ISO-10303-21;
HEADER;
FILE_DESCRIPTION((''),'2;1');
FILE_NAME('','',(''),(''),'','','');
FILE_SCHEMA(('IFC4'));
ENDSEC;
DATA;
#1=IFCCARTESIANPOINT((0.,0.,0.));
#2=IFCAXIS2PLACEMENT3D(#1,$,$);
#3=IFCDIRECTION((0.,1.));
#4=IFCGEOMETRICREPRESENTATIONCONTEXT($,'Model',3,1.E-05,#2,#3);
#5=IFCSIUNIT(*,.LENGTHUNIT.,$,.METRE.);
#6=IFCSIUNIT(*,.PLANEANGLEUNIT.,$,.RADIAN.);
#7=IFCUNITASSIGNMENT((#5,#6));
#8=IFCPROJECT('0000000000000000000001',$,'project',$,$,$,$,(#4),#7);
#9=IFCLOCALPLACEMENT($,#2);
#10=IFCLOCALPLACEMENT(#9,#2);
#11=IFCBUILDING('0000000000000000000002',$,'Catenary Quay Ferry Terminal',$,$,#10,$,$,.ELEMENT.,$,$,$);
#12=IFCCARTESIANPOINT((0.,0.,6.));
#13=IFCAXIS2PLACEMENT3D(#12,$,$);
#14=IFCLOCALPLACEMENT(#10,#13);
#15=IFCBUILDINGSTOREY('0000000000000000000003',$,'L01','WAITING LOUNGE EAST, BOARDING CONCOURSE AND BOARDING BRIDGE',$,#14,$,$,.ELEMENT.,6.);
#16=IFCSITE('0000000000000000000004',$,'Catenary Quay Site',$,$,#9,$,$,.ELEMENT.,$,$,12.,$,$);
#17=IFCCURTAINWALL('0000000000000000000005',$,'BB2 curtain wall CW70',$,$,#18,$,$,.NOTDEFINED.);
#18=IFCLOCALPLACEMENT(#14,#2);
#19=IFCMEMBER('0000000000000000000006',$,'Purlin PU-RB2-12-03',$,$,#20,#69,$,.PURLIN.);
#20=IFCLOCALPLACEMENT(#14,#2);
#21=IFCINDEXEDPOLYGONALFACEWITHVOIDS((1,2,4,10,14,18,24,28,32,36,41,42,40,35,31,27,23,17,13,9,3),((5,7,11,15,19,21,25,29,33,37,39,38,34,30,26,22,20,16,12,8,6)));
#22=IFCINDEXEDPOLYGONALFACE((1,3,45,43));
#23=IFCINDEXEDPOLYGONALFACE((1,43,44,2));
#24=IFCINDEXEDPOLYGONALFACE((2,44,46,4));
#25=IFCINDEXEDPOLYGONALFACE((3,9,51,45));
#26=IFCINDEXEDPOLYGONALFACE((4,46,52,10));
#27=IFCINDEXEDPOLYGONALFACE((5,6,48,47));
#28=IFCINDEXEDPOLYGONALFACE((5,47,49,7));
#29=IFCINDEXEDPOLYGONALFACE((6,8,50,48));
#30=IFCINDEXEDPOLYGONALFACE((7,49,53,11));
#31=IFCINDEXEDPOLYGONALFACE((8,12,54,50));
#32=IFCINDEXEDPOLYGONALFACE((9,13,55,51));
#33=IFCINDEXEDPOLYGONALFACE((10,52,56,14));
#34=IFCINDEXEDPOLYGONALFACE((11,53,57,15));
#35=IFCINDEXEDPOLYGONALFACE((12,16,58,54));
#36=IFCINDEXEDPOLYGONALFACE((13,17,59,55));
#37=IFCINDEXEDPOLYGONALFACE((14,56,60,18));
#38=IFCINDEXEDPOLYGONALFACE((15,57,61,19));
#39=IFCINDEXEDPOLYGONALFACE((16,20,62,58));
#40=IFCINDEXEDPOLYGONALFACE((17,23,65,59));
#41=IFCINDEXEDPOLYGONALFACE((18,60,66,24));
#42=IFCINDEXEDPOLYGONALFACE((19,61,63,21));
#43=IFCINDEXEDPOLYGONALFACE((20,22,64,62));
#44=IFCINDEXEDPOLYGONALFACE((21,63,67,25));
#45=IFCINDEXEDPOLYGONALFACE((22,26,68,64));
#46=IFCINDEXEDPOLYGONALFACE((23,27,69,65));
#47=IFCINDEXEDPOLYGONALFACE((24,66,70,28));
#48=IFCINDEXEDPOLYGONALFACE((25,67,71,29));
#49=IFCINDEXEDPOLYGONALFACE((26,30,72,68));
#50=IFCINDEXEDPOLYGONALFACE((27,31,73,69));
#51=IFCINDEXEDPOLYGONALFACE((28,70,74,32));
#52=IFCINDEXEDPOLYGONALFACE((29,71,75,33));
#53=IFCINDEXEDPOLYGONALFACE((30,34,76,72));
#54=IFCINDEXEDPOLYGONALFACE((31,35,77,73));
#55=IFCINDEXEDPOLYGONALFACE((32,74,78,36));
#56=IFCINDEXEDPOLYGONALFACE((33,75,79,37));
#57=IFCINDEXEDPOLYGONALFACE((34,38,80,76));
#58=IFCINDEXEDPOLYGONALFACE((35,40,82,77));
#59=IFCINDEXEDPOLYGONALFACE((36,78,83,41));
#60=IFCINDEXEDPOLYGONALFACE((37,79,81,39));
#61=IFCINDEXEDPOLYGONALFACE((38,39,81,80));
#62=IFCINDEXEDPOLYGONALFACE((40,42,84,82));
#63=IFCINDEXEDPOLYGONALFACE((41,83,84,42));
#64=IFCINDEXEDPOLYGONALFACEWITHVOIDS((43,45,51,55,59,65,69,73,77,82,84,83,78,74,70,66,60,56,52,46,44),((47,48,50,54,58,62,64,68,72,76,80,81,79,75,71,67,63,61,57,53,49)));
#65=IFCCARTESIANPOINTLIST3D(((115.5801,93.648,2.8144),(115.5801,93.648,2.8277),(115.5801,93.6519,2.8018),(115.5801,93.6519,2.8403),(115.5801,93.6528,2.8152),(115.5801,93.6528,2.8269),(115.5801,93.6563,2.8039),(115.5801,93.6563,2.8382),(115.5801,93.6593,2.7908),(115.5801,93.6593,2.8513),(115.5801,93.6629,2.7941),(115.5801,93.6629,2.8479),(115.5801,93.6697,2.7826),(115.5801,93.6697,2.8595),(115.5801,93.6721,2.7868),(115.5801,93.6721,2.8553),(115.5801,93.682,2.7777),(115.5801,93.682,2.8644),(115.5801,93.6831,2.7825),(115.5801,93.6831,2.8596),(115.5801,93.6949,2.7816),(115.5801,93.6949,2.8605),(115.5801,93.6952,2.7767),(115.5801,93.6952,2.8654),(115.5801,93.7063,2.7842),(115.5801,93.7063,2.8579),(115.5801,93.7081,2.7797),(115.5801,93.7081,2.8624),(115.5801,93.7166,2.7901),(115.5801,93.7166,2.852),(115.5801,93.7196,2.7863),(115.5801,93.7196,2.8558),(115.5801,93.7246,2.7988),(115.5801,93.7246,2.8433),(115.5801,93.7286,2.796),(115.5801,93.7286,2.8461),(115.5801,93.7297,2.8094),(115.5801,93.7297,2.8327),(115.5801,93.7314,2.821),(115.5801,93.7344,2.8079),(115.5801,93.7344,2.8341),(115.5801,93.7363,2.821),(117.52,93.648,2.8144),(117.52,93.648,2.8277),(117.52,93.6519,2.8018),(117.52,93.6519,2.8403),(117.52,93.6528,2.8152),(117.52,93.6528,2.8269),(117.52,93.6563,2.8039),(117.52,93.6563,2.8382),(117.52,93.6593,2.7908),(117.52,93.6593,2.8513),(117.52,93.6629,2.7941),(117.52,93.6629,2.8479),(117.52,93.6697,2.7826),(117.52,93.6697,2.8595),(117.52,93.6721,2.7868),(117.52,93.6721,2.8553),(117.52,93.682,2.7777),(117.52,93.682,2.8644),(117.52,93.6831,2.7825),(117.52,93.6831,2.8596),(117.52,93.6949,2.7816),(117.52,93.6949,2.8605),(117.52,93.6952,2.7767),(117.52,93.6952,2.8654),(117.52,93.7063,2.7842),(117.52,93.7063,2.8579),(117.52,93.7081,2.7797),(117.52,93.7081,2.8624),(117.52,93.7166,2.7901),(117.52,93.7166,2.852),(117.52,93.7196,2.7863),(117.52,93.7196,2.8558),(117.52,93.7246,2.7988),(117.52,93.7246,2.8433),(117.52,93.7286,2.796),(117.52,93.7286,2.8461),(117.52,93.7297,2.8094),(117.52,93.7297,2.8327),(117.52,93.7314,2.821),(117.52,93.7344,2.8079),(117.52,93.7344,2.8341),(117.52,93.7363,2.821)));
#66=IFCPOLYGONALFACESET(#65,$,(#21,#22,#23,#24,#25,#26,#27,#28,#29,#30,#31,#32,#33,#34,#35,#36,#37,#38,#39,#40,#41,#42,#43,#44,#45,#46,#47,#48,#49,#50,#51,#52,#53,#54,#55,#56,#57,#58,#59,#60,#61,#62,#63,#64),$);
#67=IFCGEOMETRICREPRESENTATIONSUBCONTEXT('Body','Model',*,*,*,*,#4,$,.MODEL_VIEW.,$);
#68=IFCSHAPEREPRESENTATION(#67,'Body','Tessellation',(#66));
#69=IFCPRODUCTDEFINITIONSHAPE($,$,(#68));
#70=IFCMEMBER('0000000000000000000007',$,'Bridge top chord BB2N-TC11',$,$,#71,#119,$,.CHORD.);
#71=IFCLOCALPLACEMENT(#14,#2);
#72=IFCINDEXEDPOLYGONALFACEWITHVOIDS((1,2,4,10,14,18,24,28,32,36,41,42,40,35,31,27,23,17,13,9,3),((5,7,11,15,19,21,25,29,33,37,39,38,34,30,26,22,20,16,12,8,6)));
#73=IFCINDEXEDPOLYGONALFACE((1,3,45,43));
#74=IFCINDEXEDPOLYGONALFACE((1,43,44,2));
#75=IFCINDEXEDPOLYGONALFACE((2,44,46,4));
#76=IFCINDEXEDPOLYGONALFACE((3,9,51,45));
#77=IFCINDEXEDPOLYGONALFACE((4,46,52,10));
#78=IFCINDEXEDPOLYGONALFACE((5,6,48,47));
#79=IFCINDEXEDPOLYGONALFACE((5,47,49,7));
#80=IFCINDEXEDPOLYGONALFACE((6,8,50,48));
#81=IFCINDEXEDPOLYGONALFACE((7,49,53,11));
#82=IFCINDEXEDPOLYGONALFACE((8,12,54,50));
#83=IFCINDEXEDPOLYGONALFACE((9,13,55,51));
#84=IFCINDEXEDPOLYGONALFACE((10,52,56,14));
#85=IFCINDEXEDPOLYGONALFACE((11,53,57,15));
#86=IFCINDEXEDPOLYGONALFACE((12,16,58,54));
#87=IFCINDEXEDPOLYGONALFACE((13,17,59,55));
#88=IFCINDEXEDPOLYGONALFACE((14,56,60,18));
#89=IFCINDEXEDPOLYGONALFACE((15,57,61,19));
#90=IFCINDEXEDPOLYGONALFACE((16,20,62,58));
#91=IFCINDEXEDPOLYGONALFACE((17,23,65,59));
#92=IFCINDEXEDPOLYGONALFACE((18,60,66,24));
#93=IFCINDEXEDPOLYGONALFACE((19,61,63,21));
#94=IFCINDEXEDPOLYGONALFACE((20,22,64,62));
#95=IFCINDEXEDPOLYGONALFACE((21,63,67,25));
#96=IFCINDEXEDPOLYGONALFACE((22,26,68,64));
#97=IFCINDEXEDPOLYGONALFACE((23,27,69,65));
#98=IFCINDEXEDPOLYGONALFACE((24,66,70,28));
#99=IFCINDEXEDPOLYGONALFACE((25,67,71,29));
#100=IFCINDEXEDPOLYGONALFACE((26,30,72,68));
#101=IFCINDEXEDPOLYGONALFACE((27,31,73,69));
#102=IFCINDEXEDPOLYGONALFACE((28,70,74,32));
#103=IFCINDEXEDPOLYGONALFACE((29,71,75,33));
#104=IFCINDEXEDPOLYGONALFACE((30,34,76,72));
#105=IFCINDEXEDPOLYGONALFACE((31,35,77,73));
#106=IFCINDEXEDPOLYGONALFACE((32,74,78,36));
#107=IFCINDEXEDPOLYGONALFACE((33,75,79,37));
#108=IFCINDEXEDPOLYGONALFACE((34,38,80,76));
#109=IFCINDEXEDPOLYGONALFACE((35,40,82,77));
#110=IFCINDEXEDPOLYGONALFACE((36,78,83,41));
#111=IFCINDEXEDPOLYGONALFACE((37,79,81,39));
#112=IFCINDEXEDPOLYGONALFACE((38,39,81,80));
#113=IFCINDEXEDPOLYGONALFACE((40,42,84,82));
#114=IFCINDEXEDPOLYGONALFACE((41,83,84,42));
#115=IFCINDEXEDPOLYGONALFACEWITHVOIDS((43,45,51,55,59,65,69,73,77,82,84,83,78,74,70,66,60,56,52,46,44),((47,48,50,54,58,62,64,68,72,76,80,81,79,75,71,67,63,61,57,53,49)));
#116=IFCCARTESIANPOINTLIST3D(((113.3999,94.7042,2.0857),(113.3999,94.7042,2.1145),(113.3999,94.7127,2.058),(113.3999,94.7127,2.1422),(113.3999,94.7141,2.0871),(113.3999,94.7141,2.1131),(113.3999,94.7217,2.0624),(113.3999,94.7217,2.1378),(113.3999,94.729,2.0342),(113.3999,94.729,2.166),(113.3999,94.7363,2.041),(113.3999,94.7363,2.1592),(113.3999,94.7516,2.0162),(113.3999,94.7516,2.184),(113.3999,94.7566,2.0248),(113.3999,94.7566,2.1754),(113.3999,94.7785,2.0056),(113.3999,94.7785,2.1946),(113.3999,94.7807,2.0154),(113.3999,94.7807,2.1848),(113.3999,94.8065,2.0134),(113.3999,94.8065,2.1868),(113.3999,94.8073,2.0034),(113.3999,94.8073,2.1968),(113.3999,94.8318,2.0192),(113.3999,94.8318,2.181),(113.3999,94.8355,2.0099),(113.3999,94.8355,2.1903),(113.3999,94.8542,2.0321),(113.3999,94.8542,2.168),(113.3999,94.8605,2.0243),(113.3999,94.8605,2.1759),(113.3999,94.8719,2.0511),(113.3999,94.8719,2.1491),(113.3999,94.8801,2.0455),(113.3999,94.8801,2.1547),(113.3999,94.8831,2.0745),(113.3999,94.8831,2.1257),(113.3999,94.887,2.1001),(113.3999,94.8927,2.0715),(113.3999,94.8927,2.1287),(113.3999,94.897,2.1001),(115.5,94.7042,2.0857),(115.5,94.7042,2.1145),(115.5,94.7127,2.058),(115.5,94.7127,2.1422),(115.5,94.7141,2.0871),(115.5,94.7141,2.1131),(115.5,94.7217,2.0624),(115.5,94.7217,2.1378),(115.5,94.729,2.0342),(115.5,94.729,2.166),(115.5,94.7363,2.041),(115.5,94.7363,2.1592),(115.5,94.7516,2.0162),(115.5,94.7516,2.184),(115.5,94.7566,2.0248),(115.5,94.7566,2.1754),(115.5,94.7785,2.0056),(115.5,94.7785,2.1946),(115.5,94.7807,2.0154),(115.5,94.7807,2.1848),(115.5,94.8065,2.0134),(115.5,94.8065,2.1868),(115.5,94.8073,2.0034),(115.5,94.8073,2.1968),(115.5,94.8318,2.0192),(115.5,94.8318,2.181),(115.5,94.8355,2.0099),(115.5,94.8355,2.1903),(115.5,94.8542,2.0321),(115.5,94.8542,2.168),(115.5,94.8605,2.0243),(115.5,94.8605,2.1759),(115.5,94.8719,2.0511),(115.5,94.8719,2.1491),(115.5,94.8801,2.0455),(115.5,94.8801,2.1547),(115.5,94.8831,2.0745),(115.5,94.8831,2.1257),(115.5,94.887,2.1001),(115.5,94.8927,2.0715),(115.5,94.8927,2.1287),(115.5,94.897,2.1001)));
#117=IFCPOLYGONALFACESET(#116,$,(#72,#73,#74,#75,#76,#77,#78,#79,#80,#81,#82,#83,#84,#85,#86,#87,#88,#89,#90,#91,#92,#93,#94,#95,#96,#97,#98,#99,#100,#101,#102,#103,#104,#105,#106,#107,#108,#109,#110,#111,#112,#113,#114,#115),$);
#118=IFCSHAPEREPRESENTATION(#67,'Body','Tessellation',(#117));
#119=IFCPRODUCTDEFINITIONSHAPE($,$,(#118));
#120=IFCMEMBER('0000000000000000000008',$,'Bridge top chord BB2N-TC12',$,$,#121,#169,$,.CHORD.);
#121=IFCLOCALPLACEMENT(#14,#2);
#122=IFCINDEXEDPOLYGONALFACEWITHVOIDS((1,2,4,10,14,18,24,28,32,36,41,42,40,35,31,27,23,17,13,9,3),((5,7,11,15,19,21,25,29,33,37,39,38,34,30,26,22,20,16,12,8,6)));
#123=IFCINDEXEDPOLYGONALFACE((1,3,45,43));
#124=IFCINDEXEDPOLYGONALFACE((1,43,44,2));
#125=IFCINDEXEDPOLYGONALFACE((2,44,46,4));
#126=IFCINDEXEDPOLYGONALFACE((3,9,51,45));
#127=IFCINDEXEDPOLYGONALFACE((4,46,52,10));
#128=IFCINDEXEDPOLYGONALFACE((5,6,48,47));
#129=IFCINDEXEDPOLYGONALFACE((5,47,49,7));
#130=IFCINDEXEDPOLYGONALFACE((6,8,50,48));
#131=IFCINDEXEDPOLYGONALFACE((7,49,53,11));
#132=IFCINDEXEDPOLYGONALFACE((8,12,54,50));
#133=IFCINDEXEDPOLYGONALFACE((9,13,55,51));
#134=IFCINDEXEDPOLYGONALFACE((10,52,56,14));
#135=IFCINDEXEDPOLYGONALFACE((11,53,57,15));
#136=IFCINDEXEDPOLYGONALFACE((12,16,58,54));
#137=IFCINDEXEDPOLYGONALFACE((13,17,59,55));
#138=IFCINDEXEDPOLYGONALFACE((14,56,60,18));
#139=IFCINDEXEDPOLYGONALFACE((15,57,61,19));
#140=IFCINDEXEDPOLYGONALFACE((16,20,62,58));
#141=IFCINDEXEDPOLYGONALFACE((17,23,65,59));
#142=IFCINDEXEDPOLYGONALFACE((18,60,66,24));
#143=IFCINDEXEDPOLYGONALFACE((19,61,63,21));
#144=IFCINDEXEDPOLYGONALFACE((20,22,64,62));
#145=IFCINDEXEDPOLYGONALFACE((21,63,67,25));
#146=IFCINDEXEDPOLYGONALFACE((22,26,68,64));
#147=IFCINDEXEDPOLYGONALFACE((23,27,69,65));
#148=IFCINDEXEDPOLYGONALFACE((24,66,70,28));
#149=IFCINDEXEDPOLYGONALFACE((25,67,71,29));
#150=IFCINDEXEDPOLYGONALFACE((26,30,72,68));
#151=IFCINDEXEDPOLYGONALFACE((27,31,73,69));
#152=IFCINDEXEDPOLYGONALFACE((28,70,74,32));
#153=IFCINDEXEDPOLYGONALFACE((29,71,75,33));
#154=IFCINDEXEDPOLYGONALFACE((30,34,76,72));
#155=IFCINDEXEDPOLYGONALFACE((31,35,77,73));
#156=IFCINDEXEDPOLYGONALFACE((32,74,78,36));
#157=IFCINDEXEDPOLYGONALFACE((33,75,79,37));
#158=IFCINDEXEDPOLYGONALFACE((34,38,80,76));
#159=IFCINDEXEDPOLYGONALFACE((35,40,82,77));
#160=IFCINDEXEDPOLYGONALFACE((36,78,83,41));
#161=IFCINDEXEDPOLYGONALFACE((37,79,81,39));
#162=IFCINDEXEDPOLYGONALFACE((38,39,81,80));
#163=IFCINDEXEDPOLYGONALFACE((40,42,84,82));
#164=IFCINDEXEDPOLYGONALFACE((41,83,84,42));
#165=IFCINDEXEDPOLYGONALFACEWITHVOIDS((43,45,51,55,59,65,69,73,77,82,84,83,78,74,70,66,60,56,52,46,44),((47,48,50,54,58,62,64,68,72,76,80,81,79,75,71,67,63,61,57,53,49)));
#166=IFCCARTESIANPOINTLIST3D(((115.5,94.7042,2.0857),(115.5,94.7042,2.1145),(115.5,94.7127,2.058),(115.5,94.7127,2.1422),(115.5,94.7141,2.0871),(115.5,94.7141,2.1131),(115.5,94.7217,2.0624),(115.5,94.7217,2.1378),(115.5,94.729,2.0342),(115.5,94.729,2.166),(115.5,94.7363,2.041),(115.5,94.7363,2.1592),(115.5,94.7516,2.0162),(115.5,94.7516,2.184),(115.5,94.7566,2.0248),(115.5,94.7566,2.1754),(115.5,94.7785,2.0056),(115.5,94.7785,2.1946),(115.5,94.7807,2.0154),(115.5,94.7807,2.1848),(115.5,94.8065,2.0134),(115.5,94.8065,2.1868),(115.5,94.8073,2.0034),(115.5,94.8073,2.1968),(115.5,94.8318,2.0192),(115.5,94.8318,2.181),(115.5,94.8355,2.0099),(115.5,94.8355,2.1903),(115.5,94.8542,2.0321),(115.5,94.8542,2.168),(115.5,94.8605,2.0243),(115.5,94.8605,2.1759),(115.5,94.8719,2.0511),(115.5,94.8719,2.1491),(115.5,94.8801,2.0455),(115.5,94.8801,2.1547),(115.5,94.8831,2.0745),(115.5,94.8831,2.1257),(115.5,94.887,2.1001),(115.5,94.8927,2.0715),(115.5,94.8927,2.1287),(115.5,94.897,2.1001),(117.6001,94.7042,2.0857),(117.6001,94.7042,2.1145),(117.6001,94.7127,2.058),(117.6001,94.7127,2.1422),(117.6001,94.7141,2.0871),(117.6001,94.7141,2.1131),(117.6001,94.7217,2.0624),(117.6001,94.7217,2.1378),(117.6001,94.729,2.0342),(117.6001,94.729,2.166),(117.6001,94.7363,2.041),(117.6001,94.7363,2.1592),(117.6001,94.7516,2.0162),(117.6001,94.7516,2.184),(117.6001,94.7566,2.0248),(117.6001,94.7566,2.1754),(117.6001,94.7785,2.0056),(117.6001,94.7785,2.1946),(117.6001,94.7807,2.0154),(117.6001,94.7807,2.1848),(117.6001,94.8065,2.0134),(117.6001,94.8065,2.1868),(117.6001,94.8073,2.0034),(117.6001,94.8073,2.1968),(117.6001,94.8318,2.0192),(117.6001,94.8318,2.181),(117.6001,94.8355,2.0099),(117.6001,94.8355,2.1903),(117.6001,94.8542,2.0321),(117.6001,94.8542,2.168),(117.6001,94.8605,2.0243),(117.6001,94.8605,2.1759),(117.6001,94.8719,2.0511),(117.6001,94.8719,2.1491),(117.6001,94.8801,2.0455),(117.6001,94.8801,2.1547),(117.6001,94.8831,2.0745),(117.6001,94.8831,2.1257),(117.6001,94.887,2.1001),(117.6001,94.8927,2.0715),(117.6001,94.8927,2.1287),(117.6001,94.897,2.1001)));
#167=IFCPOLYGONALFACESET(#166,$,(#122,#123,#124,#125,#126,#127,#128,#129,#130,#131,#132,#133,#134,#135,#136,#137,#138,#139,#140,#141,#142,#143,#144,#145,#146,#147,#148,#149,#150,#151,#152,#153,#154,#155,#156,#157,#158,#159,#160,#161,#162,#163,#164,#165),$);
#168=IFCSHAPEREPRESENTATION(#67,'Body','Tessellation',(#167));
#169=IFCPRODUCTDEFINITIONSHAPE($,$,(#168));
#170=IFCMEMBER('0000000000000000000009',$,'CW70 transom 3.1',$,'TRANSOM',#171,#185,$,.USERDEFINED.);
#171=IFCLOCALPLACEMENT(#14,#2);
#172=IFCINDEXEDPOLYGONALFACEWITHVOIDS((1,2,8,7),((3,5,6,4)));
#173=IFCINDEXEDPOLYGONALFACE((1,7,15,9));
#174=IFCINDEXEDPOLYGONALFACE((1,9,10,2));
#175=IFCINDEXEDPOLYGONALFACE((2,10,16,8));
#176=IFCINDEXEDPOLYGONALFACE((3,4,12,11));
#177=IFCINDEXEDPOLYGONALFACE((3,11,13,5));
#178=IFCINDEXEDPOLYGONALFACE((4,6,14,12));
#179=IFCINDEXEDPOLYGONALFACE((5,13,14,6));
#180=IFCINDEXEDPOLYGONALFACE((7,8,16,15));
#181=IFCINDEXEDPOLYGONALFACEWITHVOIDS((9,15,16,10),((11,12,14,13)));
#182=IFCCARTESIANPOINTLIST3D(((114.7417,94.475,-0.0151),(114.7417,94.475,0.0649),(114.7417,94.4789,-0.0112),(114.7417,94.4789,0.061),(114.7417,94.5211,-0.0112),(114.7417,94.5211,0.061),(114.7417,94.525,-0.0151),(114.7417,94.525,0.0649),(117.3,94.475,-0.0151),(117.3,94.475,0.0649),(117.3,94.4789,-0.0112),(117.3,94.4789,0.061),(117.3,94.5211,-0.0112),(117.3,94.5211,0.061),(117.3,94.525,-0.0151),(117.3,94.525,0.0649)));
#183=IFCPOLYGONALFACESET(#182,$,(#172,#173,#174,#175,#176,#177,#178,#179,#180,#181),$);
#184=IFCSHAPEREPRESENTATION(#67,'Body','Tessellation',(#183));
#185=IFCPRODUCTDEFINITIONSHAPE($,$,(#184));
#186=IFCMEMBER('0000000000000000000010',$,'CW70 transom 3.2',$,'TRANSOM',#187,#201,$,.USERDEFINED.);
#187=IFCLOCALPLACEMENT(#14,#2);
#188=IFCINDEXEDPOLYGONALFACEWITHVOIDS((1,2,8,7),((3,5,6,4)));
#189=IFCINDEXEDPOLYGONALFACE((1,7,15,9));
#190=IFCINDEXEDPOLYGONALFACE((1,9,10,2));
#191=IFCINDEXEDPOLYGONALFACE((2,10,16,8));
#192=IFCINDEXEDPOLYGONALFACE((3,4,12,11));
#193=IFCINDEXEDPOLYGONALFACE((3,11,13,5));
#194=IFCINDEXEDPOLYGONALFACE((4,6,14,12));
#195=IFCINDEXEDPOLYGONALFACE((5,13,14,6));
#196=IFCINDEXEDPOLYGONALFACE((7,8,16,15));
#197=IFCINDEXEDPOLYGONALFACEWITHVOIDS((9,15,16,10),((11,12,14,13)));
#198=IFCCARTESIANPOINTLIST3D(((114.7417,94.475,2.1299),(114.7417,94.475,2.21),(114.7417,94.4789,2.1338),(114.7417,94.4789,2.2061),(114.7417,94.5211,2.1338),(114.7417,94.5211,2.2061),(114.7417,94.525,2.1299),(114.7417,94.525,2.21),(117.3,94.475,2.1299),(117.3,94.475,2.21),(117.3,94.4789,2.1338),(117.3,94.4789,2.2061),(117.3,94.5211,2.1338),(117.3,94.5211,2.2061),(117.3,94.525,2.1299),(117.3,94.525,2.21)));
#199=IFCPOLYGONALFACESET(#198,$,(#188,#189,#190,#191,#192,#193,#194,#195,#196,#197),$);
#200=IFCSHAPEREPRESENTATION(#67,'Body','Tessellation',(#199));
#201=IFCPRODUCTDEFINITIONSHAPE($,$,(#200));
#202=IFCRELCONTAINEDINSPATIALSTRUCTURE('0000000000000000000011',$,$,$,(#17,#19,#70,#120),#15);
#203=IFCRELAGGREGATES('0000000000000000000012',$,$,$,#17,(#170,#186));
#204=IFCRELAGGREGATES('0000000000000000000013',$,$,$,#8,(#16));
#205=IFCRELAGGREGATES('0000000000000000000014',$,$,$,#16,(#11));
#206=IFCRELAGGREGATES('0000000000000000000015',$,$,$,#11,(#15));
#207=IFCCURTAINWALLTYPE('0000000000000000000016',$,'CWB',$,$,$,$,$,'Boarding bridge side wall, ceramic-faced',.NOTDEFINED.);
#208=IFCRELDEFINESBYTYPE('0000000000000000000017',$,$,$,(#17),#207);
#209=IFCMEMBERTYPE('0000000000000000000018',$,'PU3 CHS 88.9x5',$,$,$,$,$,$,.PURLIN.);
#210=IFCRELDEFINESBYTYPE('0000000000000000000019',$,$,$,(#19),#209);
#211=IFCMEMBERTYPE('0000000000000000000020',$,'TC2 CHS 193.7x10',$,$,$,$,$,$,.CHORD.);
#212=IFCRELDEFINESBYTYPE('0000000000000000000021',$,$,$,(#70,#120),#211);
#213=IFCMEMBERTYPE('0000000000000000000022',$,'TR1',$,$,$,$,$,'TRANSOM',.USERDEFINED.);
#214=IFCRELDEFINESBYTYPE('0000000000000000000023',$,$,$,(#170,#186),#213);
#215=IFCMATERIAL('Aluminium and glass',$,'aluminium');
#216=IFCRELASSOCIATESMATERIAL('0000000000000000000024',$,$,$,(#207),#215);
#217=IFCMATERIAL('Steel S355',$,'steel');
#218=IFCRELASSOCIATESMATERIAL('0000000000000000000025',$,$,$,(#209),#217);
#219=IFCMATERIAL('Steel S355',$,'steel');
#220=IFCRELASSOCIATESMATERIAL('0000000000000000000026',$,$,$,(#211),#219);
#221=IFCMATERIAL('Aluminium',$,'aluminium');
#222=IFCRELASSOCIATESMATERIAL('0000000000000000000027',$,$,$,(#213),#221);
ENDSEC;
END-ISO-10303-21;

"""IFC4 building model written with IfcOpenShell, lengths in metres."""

from ifc_helpers import new_model, si_unit, direction, frame, origin, origin_2d, place, context, subcontext, project, spatial, hollow_rectangle, hollow_circle, extrude, material, material_profile, profile_set, type_object, element, aggregate, save


model = new_model("IFC4")

# Units and contexts
model_context = context("Model", 3, precision=1e-05, world=origin(), true_north=direction((0.0, 1.0)))
body_context = subcontext(model_context, "Body", "Model", "MODEL_VIEW")
ifc_project = project(units=[si_unit("LENGTHUNIT", "METRE"), si_unit("PLANEANGLEUNIT", "RADIAN")], contexts=[model_context])

# Site, building, storey
site_placement = place(None, origin())
site = spatial("IfcSite", under=ifc_project, at=site_placement, Name="Catenary Quay Site", CompositionType="ELEMENT", RefElevation=12.0)
building_placement = place(site_placement, origin())
building = spatial("IfcBuilding", under=site, at=building_placement, Name="Catenary Quay Ferry Terminal", CompositionType="ELEMENT")
storey_placement = place(building_placement, frame((0.0, 0.0, 6.0)))
storey = spatial("IfcBuildingStorey", under=building, at=storey_placement, Name="L01", Description="WAITING LOUNGE EAST, BOARDING CONCOURSE AND BOARDING BRIDGE", CompositionType="ELEMENT", Elevation=6.0)

# Curtain wall
ifc_material_1 = material(Name="Aluminium and glass", Category="aluminium")
curtain_wall_type = type_object("IfcCurtainWallType", Name="CWB", ElementType="Boarding bridge side wall, ceramic-faced", PredefinedType="NOTDEFINED", material=ifc_material_1)
curtain_wall_placement = place(storey_placement, origin())
curtain_wall = element("IfcCurtainWall", 1, at=curtain_wall_placement, inside=storey, type_object=curtain_wall_type, Name="BB2 curtain wall CW70", PredefinedType="NOTDEFINED")

# Members
ifc_material_2 = material(Name="Steel S355", Category="steel")
ifc_material_profile_1 = material_profile(ifc_material_2, hollow_circle(Radius=0.0444, WallThickness=0.0049, at=origin_2d()), Name="CHS 88.9x5")
ifc_profile_set_1 = profile_set([ifc_material_profile_1], Name="Steel S355")
member_type_1 = type_object("IfcMemberType", Name="PU3 CHS 88.9x5", PredefinedType="PURLIN", material=ifc_profile_set_1)
for number, where, z_axis, x_axis, name in (
    (2, (115.5801, 93.6919, 2.821), (1.0, 0.0, 0.0), (0.0, 1.0, 0.0), "Purlin PU-RB2-12-03"),
):
    element("IfcMember", number, at=place(storey_placement, frame(where, z_axis=z_axis, x_axis=x_axis)), inside=storey, type_object=member_type_1, Name=name, PredefinedType="PURLIN", context=body_context, shape_type="SweptSolid", body=[
        extrude(hollow_circle(Radius=0.0444, WallThickness=0.0049, at=origin_2d()), origin(), (0.0, 0.0, 1.0), 1.9399),
    ])
ifc_material_3 = material(Name="Steel S355", Category="steel")
ifc_material_profile_2 = material_profile(ifc_material_3, hollow_circle(Radius=0.0969, WallThickness=0.01, at=origin_2d()), Name="CHS 193.7x10")
ifc_profile_set_2 = profile_set([ifc_material_profile_2], Name="Steel S355")
member_type_2 = type_object("IfcMemberType", Name="TC2 CHS 193.7x10", PredefinedType="CHORD", material=ifc_profile_set_2)
for number, where, z_axis, x_axis, name in (
    (3, (113.3999, 94.8, 2.1001), (1.0, 0.0, 0.0), (0.0, 1.0, 0.0), "Bridge top chord BB2N-TC11"),
    (4, (115.5, 94.8, 2.1001), (1.0, 0.0, 0.0), (0.0, 1.0, 0.0), "Bridge top chord BB2N-TC12"),
):
    element("IfcMember", number, at=place(storey_placement, frame(where, z_axis=z_axis, x_axis=x_axis)), inside=storey, type_object=member_type_2, Name=name, PredefinedType="CHORD", context=body_context, shape_type="SweptSolid", body=[
        extrude(hollow_circle(Radius=0.0969, WallThickness=0.01, at=origin_2d()), origin(), (0.0, 0.0, 1.0), 2.1001),
    ])

# Members
ifc_material_4 = material(Name="Aluminium", Category="aluminium")
ifc_material_profile_3 = material_profile(ifc_material_4, hollow_rectangle(XDim=0.05, YDim=0.0801, WallThickness=0.0039, at=origin_2d()), Name="TR1")
ifc_profile_set_3 = profile_set([ifc_material_profile_3], Name="Aluminium")
member_type_3 = type_object("IfcMemberType", Name="TR1", ElementType="TRANSOM", PredefinedType="USERDEFINED", material=ifc_profile_set_3)
member_1_placement = place(storey_placement, frame((114.7417, 94.5, 0.0249), z_axis=(1.0, 0.0, 0.0), x_axis=(0.0, 1.0, 0.0)))
member_1 = element("IfcMember", 5, at=member_1_placement, type_object=member_type_3, Name="CW70 transom 3.1", ObjectType="TRANSOM", PredefinedType="USERDEFINED", context=body_context, shape_type="SweptSolid", body=[
    extrude(hollow_rectangle(XDim=0.05, YDim=0.0801, WallThickness=0.0039, at=origin_2d()), origin(), (0.0, 0.0, 1.0), 2.5583),
])
member_2_placement = place(storey_placement, frame((114.7417, 94.5, 2.1699), z_axis=(1.0, 0.0, 0.0), x_axis=(0.0, 1.0, 0.0)))
member_2 = element("IfcMember", 6, at=member_2_placement, type_object=member_type_3, Name="CW70 transom 3.2", ObjectType="TRANSOM", PredefinedType="USERDEFINED", context=body_context, shape_type="SweptSolid", body=[
    extrude(hollow_rectangle(XDim=0.05, YDim=0.0801, WallThickness=0.0039, at=origin_2d()), origin(), (0.0, 0.0, 1.0), 2.5583),
])

aggregate(curtain_wall, [member_1, member_2])

save(model, "model.ifc")
